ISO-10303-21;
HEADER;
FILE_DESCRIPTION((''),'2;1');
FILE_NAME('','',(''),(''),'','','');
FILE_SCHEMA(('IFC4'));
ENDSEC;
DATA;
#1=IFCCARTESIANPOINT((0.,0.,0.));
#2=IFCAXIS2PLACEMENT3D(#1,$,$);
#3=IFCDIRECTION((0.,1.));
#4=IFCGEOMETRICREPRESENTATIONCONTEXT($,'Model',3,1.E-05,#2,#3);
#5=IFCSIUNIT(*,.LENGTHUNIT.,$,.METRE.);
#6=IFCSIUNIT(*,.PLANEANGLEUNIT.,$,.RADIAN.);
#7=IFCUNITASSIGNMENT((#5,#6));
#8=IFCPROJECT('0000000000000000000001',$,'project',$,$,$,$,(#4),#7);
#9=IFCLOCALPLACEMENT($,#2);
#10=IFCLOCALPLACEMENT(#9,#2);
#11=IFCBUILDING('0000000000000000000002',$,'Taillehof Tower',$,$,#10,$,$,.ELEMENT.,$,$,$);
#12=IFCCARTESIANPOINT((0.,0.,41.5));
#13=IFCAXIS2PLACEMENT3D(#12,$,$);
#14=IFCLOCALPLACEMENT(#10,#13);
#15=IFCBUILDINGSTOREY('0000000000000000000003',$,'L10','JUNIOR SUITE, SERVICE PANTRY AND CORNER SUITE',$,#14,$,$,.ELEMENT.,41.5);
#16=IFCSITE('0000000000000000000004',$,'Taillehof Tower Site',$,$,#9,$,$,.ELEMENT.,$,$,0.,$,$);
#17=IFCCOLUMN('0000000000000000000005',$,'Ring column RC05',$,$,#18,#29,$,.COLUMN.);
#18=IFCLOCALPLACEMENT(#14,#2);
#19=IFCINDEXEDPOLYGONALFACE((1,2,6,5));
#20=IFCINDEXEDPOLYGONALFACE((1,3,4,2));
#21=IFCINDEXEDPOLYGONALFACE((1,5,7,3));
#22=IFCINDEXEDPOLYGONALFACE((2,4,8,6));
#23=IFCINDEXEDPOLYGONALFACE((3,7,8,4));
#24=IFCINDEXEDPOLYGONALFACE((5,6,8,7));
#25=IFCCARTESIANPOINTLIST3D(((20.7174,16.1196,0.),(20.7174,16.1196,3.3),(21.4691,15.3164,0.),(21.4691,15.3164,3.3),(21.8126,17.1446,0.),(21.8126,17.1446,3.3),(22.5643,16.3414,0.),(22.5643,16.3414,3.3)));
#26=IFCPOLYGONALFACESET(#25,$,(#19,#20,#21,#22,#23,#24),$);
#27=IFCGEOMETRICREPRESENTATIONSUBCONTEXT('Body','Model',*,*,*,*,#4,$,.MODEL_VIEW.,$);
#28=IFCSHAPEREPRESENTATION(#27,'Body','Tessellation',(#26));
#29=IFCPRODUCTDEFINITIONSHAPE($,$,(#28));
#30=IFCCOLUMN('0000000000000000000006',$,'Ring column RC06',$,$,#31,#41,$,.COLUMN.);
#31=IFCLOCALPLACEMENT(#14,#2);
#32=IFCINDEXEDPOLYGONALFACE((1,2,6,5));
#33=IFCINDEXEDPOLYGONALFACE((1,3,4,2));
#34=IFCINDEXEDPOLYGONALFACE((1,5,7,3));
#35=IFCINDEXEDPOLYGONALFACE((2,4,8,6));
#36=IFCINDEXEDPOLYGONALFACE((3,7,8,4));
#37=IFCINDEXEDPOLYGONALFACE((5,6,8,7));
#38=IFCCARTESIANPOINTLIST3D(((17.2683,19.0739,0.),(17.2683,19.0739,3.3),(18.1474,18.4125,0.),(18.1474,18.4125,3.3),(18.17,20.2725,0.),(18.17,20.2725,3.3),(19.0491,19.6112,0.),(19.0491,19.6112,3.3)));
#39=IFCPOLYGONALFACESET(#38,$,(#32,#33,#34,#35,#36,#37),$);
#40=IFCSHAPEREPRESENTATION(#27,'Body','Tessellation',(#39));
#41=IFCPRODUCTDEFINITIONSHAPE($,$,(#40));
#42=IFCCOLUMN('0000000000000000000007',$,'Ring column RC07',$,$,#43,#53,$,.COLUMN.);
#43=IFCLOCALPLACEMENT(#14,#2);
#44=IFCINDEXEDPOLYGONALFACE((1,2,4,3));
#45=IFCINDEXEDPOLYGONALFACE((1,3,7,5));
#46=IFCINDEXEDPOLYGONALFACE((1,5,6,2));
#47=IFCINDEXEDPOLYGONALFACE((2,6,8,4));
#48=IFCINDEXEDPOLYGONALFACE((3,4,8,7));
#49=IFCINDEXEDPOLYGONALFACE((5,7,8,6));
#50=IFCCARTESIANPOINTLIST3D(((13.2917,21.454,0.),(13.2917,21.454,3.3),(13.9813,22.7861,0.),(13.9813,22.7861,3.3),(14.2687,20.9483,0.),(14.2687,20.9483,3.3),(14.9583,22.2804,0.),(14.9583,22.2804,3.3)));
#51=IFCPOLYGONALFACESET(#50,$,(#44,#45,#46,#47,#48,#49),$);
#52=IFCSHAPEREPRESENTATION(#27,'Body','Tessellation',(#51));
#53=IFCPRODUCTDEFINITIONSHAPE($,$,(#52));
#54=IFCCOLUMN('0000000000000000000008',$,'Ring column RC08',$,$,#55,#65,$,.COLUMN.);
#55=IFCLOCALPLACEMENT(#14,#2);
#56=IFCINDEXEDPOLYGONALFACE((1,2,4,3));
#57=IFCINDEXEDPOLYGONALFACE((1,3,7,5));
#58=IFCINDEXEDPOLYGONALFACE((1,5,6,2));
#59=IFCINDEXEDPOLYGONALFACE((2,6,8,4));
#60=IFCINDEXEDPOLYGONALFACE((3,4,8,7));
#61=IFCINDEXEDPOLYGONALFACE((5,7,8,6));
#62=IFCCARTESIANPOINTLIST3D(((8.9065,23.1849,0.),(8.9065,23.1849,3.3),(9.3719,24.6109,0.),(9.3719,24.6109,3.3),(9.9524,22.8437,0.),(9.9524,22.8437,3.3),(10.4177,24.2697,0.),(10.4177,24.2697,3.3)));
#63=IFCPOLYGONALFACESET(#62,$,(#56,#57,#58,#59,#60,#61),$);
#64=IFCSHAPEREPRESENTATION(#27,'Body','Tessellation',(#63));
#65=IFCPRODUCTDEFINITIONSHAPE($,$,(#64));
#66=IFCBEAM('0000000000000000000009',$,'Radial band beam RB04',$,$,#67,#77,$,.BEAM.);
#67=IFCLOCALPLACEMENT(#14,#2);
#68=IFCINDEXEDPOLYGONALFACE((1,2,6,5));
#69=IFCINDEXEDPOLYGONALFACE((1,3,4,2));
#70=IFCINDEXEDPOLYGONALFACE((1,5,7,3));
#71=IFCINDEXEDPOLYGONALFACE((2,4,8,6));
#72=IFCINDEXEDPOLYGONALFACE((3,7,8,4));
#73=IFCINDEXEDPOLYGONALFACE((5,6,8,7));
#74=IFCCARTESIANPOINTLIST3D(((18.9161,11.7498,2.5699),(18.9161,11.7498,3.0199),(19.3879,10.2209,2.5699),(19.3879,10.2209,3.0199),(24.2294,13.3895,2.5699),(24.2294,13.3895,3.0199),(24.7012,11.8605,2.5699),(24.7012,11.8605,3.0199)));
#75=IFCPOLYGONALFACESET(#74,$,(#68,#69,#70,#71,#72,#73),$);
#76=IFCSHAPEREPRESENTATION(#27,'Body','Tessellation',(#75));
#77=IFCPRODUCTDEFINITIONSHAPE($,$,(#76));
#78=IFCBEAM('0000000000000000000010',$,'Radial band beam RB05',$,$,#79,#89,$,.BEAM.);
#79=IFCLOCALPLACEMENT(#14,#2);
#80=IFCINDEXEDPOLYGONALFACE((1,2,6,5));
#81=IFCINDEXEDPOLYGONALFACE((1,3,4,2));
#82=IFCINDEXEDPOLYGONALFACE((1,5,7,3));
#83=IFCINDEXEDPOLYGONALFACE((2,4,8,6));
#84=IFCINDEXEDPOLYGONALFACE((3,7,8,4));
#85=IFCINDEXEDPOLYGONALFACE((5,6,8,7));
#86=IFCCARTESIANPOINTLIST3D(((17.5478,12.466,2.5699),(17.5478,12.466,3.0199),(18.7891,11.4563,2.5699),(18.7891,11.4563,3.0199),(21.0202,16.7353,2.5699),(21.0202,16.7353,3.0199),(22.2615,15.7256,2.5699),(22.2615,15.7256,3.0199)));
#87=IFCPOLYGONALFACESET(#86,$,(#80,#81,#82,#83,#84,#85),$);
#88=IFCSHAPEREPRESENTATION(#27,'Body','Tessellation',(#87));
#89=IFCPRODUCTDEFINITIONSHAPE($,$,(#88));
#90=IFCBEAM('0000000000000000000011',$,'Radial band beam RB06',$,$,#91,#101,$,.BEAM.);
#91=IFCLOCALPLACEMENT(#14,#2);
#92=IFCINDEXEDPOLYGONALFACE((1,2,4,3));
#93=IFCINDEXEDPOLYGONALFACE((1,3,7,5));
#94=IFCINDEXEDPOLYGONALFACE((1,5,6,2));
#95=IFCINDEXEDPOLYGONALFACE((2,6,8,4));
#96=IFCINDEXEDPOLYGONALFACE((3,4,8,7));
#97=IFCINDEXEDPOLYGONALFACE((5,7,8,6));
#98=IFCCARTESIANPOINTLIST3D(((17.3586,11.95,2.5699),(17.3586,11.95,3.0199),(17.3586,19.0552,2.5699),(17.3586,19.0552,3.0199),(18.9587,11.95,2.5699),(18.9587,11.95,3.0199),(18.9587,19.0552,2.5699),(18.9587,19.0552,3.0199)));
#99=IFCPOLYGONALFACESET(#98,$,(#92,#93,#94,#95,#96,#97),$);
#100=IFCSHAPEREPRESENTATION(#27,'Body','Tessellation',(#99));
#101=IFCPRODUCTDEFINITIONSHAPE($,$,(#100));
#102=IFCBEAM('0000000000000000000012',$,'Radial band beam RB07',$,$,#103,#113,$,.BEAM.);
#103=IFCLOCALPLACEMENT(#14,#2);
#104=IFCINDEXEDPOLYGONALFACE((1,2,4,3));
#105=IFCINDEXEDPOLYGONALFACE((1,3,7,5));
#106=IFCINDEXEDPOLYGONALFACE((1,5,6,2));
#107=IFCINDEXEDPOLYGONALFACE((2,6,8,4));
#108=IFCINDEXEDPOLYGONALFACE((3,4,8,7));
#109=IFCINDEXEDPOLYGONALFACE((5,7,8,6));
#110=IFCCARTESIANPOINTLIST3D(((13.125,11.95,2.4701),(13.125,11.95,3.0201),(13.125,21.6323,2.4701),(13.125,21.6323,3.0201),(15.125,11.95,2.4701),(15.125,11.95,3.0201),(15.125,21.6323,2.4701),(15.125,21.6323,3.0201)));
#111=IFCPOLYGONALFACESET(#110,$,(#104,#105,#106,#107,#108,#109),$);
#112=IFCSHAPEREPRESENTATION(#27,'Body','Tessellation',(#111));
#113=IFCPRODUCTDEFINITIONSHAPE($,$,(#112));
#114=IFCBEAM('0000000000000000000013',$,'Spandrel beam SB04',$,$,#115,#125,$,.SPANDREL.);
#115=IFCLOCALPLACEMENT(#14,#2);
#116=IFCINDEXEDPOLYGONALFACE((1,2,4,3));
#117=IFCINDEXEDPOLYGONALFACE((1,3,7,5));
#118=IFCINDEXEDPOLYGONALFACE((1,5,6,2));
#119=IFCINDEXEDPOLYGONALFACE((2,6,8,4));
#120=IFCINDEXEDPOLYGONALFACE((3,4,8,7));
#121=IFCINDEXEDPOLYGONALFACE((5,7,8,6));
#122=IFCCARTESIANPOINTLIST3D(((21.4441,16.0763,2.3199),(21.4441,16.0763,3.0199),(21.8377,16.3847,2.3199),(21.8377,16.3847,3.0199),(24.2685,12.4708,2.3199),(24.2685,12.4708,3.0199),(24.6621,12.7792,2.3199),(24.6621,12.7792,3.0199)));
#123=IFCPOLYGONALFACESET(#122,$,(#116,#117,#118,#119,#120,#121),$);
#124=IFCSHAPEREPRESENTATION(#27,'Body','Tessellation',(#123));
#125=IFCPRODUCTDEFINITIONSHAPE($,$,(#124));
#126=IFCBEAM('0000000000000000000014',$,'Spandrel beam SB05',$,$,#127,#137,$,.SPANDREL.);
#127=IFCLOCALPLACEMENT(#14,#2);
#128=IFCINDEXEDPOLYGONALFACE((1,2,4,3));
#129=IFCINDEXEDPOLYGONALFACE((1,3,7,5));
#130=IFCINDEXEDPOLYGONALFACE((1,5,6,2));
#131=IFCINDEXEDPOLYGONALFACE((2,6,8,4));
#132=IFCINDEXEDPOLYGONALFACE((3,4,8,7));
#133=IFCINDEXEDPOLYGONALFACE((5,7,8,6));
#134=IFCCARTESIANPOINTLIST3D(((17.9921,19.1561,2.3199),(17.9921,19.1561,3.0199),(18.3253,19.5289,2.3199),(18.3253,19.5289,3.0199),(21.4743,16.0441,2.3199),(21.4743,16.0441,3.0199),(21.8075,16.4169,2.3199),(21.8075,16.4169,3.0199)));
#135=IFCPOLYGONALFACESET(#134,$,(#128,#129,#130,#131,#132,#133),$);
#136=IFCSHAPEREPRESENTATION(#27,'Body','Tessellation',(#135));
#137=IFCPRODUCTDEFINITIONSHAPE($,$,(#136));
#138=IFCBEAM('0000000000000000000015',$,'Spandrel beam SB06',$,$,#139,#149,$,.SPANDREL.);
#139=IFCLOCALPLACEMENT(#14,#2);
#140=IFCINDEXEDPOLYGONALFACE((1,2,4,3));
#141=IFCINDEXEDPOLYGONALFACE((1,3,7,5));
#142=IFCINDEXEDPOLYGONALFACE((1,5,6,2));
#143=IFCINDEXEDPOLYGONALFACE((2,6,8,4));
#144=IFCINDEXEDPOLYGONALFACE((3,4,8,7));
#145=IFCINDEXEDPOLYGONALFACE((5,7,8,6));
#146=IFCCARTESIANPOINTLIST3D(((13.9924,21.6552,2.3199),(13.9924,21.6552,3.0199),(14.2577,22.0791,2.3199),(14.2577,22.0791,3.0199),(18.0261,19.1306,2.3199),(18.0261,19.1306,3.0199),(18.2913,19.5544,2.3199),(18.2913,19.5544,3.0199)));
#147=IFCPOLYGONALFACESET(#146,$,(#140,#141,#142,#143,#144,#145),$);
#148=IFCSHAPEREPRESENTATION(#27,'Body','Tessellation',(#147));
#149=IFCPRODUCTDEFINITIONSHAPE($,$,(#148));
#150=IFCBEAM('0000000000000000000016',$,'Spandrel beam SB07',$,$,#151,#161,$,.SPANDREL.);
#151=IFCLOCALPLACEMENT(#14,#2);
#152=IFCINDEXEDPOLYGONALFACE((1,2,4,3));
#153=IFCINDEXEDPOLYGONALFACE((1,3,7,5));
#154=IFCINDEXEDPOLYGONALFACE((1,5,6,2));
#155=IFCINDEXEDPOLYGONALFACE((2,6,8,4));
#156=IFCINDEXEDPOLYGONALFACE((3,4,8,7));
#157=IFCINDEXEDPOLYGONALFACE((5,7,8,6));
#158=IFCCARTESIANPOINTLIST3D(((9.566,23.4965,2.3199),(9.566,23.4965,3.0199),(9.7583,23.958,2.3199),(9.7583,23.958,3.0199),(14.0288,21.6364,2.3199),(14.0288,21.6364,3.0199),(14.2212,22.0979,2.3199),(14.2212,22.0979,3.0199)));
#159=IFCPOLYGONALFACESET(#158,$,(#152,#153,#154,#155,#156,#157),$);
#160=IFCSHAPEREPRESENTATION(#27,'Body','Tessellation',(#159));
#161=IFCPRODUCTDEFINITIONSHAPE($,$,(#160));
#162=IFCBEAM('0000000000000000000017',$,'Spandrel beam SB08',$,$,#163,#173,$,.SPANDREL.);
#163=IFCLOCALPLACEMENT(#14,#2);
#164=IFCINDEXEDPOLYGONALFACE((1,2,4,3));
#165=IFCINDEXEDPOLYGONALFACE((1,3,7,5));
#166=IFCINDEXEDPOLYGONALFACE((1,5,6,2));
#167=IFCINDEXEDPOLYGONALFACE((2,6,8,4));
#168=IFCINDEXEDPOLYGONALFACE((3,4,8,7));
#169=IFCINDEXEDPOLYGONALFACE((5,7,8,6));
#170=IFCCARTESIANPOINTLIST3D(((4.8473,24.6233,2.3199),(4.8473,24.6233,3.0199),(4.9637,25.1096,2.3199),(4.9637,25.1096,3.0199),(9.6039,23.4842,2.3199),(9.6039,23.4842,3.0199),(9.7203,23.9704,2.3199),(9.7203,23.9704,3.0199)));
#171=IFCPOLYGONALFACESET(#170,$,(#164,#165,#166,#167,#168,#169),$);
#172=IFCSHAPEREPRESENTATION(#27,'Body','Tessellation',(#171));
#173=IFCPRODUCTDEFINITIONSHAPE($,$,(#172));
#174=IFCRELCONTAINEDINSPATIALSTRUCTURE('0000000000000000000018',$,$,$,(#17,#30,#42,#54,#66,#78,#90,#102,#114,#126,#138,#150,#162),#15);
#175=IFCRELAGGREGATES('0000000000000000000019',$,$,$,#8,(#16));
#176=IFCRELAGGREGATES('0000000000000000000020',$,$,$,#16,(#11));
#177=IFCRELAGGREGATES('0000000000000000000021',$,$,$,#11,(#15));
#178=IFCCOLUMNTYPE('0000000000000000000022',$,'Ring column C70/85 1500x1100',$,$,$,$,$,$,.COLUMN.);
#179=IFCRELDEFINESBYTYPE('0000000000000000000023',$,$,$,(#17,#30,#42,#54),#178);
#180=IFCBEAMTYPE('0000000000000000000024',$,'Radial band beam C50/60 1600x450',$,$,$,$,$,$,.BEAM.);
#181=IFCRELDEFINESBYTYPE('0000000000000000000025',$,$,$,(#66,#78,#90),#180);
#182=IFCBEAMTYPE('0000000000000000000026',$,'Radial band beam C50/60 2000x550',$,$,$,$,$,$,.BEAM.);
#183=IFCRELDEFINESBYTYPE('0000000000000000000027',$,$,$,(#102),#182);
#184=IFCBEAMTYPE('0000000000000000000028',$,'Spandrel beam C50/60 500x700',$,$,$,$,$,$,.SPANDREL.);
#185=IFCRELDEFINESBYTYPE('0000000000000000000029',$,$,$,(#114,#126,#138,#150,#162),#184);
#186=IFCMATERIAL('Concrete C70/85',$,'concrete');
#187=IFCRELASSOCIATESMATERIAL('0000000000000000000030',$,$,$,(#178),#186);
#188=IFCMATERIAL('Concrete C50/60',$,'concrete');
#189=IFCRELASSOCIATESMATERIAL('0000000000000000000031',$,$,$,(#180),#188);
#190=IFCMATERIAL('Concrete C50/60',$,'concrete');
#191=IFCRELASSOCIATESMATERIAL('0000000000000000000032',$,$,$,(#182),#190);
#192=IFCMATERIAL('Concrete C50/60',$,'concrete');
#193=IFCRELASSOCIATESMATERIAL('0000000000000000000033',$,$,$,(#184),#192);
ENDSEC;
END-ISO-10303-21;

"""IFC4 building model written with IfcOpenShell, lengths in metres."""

from ifc_helpers import new_model, si_unit, direction, frame, origin, origin_2d, place, context, subcontext, project, spatial, rectangle, extrude, material, material_profile, profile_set, type_object, element, save


model = new_model("IFC4")

# Units and contexts
model_context = context("Model", 3, precision=1e-05, world=origin(), true_north=direction((0.0, 1.0)))
body_context = subcontext(model_context, "Body", "Model", "MODEL_VIEW")
ifc_project = project(units=[si_unit("LENGTHUNIT", "METRE"), si_unit("PLANEANGLEUNIT", "RADIAN")], contexts=[model_context])

# Site, building, storey
site_placement = place(None, origin())
site = spatial("IfcSite", under=ifc_project, at=site_placement, Name="Taillehof Tower Site", CompositionType="ELEMENT", RefElevation=0.0)
building_placement = place(site_placement, origin())
building = spatial("IfcBuilding", under=site, at=building_placement, Name="Taillehof Tower", CompositionType="ELEMENT")
storey_placement = place(building_placement, frame((0.0, 0.0, 41.5)))
storey = spatial("IfcBuildingStorey", under=building, at=storey_placement, Name="L10", Description="JUNIOR SUITE, SERVICE PANTRY AND CORNER SUITE", CompositionType="ELEMENT", Elevation=41.5)

# Columns
ifc_material_1 = material(Name="Concrete C70/85", Category="concrete")
ifc_material_profile_1 = material_profile(ifc_material_1, rectangle(XDim=1.5, YDim=1.1001, at=origin_2d()), Name="RC 1500x1100")
ifc_profile_set_1 = profile_set([ifc_material_profile_1], Name="Concrete C70/85")
column_type = type_object("IfcColumnType", Name="Ring column C70/85 1500x1100", PredefinedType="COLUMN", material=ifc_profile_set_1)
for number, where, z_axis, x_axis, name in (
    (1, (21.6409, 16.2305, 0.0), (0.0, 0.0, 1.0), (0.730113, 0.683326, 0.0), "Ring column RC05"),
    (2, (18.1587, 19.3425, 0.0), (0.0, 0.0, 1.0), (0.601174, 0.799118, 0.0), "Ring column RC06"),
    (3, (14.125, 21.8672, 0.0), (0.0, 0.0, 1.0), (0.459691, 0.888079, 0.0), "Ring column RC07"),
    (4, (9.6621, 23.7273, 0.0), (0.0, 0.0, 1.0), (0.310219, 0.950665, 0.0), "Ring column RC08"),
):
    element("IfcColumn", number, at=place(storey_placement, frame(where, z_axis=z_axis, x_axis=x_axis)), inside=storey, type_object=column_type, Name=name, PredefinedType="COLUMN", context=body_context, shape_type="SweptSolid", body=[
        extrude(rectangle(XDim=1.5, YDim=1.1001, at=origin_2d()), origin(), (0.0, 0.0, 1.0), 3.3),
    ])

# Beams
ifc_material_2 = material(Name="Concrete C50/60", Category="concrete")
ifc_material_profile_2 = material_profile(ifc_material_2, rectangle(XDim=1.6001, YDim=0.45, at=origin_2d()), Name="RC 1600x450")
ifc_profile_set_2 = profile_set([ifc_material_profile_2], Name="Concrete C50/60")
beam_type_1 = type_object("IfcBeamType", Name="Radial band beam C50/60 1600x450", PredefinedType="BEAM", material=ifc_profile_set_2)
beam_1_placement = place(storey_placement, frame((24.4653, 12.625, 2.7949), z_axis=(-0.955536, -0.294876, 0.0), x_axis=(0.294876, -0.955536, 0.0)))
element("IfcBeam", 5, at=beam_1_placement, inside=storey, type_object=beam_type_1, Name="Radial band beam RB04", PredefinedType="BEAM", context=body_context, shape_type="SweptSolid", body=[
    extrude(rectangle(XDim=1.6001, YDim=0.45, at=origin_2d()), origin(), (0.0, 0.0, 1.0), 5.5605),
])
beam_2_placement = place(storey_placement, frame((21.6409, 16.2305, 2.7949), z_axis=(-0.630988, -0.775792, 0.0), x_axis=(0.775792, -0.630988, 0.0)))
element("IfcBeam", 6, at=beam_2_placement, inside=storey, type_object=beam_type_1, Name="Radial band beam RB05", PredefinedType="BEAM", context=body_context, shape_type="SweptSolid", body=[
    extrude(rectangle(XDim=1.6001, YDim=0.45, at=origin_2d()), origin(), (0.0, 0.0, 1.0), 5.5032),
])
beam_3_placement = place(storey_placement, frame((18.1587, 19.0552, 2.7949), z_axis=(0.0, -1.0, 0.0), x_axis=(1.0, 0.0, 0.0)))
element("IfcBeam", 7, at=beam_3_placement, inside=storey, type_object=beam_type_1, Name="Radial band beam RB06", PredefinedType="BEAM", context=body_context, shape_type="SweptSolid", body=[
    extrude(rectangle(XDim=1.6001, YDim=0.45, at=origin_2d()), origin(), (0.0, 0.0, 1.0), 7.1052),
])
ifc_material_3 = material(Name="Concrete C50/60", Category="concrete")
ifc_material_profile_3 = material_profile(ifc_material_3, rectangle(XDim=2.0, YDim=0.55, at=origin_2d()), Name="RC 2000x550")
ifc_profile_set_3 = profile_set([ifc_material_profile_3], Name="Concrete C50/60")
beam_type_2 = type_object("IfcBeamType", Name="Radial band beam C50/60 2000x550", PredefinedType="BEAM", material=ifc_profile_set_3)
beam_4_placement = place(storey_placement, frame((14.125, 21.6323, 2.7451), z_axis=(0.0, -1.0, 0.0), x_axis=(1.0, 0.0, 0.0)))
element("IfcBeam", 8, at=beam_4_placement, inside=storey, type_object=beam_type_2, Name="Radial band beam RB07", PredefinedType="BEAM", context=body_context, shape_type="SweptSolid", body=[
    extrude(rectangle(XDim=2.0, YDim=0.55, at=origin_2d()), origin(), (0.0, 0.0, 1.0), 9.6824),
])
ifc_material_4 = material(Name="Concrete C50/60", Category="concrete")
ifc_material_profile_4 = material_profile(ifc_material_4, rectangle(XDim=0.5, YDim=0.7, at=origin_2d()), Name="RC 500x700")
ifc_profile_set_4 = profile_set([ifc_material_profile_4], Name="Concrete C50/60")
beam_type_3 = type_object("IfcBeamType", Name="Spandrel beam C50/60 500x700", PredefinedType="SPANDREL", material=ifc_profile_set_4)
beam_5_placement = place(storey_placement, frame((24.4653, 12.625, 2.6699), z_axis=(-0.616686, 0.787209, 0.0), x_axis=(-0.787209, -0.616686, 0.0)))
element("IfcBeam", 9, at=beam_5_placement, inside=storey, type_object=beam_type_3, Name="Spandrel beam SB04", PredefinedType="SPANDREL", context=body_context, shape_type="SweptSolid", body=[
    extrude(rectangle(XDim=0.5, YDim=0.7, at=origin_2d()), origin(), (0.0, 0.0, 1.0), 4.5801),
])
beam_6_placement = place(storey_placement, frame((21.6409, 16.2305, 2.6699), z_axis=(-0.745621, 0.66637, 0.0), x_axis=(-0.66637, -0.745621, 0.0)))
element("IfcBeam", 10, at=beam_6_placement, inside=storey, type_object=beam_type_3, Name="Spandrel beam SB05", PredefinedType="SPANDREL", context=body_context, shape_type="SweptSolid", body=[
    extrude(rectangle(XDim=0.5, YDim=0.7, at=origin_2d()), origin(), (0.0, 0.0, 1.0), 4.6702),
])
beam_7_placement = place(storey_placement, frame((18.1587, 19.3425, 2.6699), z_axis=(-0.847658, 0.530543, 0.0), x_axis=(-0.530543, -0.847658, 0.0)))
element("IfcBeam", 11, at=beam_7_placement, inside=storey, type_object=beam_type_3, Name="Spandrel beam SB06", PredefinedType="SPANDREL", context=body_context, shape_type="SweptSolid", body=[
    extrude(rectangle(XDim=0.5, YDim=0.7, at=origin_2d()), origin(), (0.0, 0.0, 1.0), 4.7585),
])
beam_8_placement = place(storey_placement, frame((14.125, 21.8672, 2.6699), z_axis=(-0.923035, 0.384716, 0.0), x_axis=(-0.384716, -0.923035, 0.0)))
element("IfcBeam", 12, at=beam_8_placement, inside=storey, type_object=beam_type_3, Name="Spandrel beam SB07", PredefinedType="SPANDREL", context=body_context, shape_type="SweptSolid", body=[
    extrude(rectangle(XDim=0.5, YDim=0.7, at=origin_2d()), origin(), (0.0, 0.0, 1.0), 4.835),
])
beam_9_placement = place(storey_placement, frame((9.6621, 23.7273, 2.6699), z_axis=(-0.9725, 0.232905, 0.0), x_axis=(-0.232905, -0.9725, 0.0)))
element("IfcBeam", 13, at=beam_9_placement, inside=storey, type_object=beam_type_3, Name="Spandrel beam SB08", PredefinedType="SPANDREL", context=body_context, shape_type="SweptSolid", body=[
    extrude(rectangle(XDim=0.5, YDim=0.7, at=origin_2d()), origin(), (0.0, 0.0, 1.0), 4.8911),
])

save(model, "model.ifc")
